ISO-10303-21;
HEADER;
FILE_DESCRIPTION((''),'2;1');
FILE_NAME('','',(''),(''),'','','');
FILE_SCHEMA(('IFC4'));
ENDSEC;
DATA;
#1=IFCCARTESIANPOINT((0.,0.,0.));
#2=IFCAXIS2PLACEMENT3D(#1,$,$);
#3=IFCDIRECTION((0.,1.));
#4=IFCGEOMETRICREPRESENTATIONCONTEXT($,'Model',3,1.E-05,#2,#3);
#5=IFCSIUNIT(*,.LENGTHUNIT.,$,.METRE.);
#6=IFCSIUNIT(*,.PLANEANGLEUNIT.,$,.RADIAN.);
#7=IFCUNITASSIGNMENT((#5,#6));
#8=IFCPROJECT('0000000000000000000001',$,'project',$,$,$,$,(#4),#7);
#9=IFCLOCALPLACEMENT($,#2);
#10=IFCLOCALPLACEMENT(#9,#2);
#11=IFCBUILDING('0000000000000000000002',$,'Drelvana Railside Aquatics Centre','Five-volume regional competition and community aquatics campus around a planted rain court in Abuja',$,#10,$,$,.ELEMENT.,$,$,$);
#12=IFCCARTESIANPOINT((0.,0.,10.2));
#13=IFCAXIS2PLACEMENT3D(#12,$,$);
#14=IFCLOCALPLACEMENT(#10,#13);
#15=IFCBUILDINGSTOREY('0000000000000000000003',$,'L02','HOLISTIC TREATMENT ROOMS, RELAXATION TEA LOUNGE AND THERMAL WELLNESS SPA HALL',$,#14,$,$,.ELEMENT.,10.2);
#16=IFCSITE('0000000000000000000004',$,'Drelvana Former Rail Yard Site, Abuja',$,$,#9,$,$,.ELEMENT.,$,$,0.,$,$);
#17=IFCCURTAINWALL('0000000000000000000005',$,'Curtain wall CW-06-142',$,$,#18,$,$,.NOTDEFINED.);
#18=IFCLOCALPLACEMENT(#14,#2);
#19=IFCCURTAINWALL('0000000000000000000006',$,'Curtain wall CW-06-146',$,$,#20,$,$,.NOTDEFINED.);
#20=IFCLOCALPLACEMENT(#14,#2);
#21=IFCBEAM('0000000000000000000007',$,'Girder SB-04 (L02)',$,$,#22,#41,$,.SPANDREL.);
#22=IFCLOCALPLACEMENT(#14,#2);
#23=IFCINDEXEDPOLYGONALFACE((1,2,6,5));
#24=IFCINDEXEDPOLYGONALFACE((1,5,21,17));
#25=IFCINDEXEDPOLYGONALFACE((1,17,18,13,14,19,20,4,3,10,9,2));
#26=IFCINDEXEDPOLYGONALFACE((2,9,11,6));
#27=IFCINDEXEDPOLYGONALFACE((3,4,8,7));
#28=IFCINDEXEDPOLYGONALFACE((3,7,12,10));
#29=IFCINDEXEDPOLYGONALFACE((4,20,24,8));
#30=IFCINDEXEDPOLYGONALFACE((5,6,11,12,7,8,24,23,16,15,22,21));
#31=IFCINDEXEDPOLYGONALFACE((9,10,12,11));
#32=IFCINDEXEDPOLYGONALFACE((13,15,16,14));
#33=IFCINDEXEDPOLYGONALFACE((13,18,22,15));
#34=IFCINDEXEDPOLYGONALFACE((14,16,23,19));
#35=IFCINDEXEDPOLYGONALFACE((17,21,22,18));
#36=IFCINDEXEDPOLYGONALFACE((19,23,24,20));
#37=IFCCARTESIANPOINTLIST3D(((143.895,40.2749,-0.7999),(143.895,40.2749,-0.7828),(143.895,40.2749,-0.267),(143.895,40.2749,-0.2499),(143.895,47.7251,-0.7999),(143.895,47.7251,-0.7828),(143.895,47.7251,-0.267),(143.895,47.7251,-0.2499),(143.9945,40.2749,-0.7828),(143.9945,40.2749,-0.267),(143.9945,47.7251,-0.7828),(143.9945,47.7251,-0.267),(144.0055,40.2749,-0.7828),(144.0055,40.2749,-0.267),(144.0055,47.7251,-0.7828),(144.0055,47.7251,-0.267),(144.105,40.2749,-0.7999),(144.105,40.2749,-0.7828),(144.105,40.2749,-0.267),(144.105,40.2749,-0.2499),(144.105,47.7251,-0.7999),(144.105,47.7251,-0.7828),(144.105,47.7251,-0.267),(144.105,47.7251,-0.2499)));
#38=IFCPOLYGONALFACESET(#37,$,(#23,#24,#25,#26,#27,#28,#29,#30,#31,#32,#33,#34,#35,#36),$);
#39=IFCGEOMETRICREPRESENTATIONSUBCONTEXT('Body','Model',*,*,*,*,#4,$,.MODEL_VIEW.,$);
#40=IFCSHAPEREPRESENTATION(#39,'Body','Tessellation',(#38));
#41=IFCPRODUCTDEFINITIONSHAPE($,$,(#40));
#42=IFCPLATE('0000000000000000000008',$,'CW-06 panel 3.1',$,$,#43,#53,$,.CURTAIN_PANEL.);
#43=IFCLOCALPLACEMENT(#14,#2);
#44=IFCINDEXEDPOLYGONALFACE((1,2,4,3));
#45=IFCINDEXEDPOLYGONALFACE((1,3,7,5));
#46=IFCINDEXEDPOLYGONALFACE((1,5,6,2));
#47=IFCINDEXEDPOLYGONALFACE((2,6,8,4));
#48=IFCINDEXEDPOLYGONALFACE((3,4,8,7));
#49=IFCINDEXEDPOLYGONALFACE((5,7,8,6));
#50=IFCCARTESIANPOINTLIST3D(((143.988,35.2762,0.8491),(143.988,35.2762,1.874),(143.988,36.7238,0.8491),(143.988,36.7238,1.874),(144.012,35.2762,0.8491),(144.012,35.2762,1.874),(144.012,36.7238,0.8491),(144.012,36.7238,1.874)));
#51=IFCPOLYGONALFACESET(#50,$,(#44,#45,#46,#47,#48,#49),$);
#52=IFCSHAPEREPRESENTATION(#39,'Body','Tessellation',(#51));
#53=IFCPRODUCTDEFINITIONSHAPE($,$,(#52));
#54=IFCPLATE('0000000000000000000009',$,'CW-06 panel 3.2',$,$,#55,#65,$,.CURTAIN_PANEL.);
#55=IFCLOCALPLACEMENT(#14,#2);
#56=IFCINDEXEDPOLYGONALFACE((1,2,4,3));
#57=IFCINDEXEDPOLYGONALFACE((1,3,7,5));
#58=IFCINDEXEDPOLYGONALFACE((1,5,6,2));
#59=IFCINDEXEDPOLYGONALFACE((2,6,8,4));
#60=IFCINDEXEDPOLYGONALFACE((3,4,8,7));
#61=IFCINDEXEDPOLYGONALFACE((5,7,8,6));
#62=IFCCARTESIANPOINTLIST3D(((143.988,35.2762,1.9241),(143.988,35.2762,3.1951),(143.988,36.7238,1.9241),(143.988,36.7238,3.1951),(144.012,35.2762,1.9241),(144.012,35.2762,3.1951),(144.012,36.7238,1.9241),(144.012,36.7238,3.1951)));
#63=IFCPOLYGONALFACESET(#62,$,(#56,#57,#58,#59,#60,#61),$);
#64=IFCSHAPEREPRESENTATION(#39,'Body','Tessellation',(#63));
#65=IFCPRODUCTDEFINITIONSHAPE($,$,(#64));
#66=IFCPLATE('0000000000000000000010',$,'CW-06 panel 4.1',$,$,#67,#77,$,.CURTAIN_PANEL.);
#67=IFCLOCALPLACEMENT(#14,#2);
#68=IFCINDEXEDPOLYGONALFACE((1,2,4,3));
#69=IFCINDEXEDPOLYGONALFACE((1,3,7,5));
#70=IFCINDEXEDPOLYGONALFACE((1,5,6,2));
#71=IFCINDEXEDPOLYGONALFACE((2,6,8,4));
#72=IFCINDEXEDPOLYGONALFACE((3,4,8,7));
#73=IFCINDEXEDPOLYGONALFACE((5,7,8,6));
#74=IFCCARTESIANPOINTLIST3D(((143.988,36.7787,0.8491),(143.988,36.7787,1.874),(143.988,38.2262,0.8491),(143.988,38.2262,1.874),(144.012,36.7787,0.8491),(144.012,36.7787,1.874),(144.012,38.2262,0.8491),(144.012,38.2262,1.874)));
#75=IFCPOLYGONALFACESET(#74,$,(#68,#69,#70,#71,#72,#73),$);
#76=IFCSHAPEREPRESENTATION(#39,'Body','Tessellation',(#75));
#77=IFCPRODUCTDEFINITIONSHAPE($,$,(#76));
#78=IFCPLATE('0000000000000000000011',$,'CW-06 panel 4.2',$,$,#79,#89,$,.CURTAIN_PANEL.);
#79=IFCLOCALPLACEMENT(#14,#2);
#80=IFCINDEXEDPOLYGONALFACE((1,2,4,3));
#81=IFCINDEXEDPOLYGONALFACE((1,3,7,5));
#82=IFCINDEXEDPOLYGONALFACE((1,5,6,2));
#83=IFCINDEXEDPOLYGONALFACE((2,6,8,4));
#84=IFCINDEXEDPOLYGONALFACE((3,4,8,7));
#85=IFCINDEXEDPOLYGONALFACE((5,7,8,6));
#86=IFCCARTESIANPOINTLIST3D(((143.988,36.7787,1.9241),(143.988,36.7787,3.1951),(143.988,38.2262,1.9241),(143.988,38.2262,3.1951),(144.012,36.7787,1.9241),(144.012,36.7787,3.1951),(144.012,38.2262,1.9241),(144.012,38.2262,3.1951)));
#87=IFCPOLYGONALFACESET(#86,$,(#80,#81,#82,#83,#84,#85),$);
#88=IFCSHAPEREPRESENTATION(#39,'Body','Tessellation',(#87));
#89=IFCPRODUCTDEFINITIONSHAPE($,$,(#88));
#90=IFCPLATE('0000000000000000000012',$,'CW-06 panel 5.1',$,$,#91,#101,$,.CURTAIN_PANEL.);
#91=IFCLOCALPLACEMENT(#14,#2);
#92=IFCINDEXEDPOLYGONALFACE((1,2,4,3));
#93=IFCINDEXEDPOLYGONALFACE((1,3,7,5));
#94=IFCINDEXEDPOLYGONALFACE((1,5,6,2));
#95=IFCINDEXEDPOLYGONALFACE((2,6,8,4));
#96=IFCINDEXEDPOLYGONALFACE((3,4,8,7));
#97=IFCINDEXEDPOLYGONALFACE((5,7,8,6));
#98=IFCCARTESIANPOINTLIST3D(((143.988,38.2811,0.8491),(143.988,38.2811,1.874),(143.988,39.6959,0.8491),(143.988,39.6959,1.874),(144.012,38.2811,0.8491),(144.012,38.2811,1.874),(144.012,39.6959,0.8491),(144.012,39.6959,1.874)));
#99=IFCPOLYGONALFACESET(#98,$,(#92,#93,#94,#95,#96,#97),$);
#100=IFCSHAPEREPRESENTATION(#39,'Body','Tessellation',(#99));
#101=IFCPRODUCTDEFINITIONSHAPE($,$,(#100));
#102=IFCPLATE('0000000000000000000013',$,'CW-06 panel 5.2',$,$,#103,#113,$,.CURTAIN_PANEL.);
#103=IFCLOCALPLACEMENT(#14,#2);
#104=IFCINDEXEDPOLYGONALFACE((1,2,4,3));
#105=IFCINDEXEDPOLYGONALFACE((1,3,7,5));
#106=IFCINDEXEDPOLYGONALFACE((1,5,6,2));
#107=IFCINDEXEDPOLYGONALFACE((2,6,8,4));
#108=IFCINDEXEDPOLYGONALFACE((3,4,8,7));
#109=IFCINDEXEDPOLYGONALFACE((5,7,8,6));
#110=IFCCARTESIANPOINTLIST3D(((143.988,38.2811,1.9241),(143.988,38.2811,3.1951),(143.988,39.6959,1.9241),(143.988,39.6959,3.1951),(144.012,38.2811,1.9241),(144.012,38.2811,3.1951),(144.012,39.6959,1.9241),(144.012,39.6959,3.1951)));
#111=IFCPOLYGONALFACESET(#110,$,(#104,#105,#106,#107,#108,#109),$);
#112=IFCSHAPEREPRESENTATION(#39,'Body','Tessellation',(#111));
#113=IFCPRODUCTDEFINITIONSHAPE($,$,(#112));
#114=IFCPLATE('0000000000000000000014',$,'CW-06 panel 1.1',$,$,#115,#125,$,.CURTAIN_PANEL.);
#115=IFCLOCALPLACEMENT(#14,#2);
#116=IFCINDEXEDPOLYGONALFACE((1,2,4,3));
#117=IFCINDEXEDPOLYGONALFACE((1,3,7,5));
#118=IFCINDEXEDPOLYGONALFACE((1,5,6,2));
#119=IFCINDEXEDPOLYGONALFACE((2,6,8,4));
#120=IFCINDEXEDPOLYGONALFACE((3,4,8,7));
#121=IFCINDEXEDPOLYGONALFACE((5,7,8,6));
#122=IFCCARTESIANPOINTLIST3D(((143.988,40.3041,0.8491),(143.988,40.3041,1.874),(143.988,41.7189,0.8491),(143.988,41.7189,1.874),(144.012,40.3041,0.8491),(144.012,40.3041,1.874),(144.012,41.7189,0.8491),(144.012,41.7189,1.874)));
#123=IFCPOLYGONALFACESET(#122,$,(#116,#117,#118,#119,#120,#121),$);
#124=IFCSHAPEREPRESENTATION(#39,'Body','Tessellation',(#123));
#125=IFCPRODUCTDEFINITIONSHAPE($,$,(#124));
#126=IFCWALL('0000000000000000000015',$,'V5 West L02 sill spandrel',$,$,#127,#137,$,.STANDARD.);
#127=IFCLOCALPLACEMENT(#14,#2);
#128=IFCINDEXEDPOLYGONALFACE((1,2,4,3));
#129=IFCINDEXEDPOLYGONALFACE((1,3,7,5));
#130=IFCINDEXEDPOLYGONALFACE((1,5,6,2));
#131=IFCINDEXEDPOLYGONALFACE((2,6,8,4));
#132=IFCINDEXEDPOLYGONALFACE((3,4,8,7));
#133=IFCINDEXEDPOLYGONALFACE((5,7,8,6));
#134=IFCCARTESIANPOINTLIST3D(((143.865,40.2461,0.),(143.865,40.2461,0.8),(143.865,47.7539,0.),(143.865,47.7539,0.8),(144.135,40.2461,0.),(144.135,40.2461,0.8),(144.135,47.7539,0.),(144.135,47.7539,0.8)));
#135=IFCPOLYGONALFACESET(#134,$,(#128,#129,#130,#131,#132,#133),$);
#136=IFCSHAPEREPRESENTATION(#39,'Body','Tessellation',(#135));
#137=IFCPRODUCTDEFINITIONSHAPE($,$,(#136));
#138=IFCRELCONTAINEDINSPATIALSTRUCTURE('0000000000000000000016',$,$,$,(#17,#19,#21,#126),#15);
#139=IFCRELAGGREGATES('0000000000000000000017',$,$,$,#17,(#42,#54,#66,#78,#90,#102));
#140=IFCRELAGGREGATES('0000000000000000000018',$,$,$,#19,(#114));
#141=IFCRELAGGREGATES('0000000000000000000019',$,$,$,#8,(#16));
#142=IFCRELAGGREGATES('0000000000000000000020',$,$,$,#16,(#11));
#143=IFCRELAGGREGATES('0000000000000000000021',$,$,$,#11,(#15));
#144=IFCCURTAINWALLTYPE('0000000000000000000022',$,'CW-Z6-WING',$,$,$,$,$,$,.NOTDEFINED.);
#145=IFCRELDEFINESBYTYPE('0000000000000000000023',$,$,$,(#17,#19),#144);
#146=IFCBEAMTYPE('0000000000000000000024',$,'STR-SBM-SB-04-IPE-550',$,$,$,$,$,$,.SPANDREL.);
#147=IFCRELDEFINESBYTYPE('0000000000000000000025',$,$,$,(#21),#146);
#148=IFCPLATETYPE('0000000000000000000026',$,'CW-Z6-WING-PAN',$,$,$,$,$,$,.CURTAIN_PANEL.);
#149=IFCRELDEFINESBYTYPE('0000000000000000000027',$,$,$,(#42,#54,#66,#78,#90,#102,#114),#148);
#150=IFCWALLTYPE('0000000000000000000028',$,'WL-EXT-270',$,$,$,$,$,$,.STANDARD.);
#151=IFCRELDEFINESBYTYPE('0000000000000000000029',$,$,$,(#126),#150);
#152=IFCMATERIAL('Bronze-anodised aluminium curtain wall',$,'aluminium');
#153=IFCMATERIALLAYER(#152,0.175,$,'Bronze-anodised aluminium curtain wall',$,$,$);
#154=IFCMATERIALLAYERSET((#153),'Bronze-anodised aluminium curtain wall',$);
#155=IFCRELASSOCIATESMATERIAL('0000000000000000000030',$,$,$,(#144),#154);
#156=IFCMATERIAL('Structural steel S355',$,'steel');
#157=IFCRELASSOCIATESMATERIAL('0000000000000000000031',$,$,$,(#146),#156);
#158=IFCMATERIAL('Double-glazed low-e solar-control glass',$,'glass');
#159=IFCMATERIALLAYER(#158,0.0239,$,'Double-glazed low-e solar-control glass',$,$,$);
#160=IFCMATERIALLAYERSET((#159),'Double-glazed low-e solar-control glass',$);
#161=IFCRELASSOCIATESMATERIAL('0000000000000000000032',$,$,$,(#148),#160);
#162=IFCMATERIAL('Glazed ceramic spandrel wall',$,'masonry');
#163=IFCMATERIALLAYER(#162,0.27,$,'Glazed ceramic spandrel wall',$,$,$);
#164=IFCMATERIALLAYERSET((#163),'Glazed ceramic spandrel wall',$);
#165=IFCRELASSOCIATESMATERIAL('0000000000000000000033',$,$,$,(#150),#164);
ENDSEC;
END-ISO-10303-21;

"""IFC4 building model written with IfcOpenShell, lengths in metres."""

from ifc_helpers import new_model, si_unit, direction, frame, frame_2d, origin, origin_2d, place, context, subcontext, project, spatial, rectangle, i_section, extrude, material, layer, layer_set, material_profile, profile_set, type_object, element, aggregate, save


model = new_model("IFC4")

# Units and contexts
model_context = context("Model", 3, precision=1e-05, world=origin(), true_north=direction((0.0, 1.0)))
body_context = subcontext(model_context, "Body", "Model", "MODEL_VIEW")
ifc_project = project(units=[si_unit("LENGTHUNIT", "METRE"), si_unit("PLANEANGLEUNIT", "RADIAN")], contexts=[model_context])

# Site, building, storey
site_placement = place(None, origin())
site = spatial("IfcSite", under=ifc_project, at=site_placement, Name="Drelvana Former Rail Yard Site, Abuja", CompositionType="ELEMENT", RefElevation=0.0)
building_placement = place(site_placement, origin())
building = spatial("IfcBuilding", under=site, at=building_placement, Name="Drelvana Railside Aquatics Centre", Description="Five-volume regional competition and community aquatics campus around a planted rain court in Abuja", CompositionType="ELEMENT")
storey_placement = place(building_placement, frame((0.0, 0.0, 10.2)))
storey = spatial("IfcBuildingStorey", under=building, at=storey_placement, Name="L02", Description="HOLISTIC TREATMENT ROOMS, RELAXATION TEA LOUNGE AND THERMAL WELLNESS SPA HALL", CompositionType="ELEMENT", Elevation=10.2)

# Curtain wall
ifc_material_1 = material(Name="Bronze-anodised aluminium curtain wall", Category="aluminium")
ifc_layer_1 = layer(ifc_material_1, 0.175, Name="Bronze-anodised aluminium curtain wall")
ifc_layer_set_1 = layer_set([ifc_layer_1], Name="Bronze-anodised aluminium curtain wall")
curtain_wall_type = type_object("IfcCurtainWallType", Name="CW-Z6-WING", PredefinedType="NOTDEFINED", material=ifc_layer_set_1)
curtain_wall_1_placement = place(storey_placement, origin())
curtain_wall_1 = element("IfcCurtainWall", 1, at=curtain_wall_1_placement, inside=storey, type_object=curtain_wall_type, Name="Curtain wall CW-06-142", PredefinedType="NOTDEFINED")

# Curtain wall
curtain_wall_2_placement = place(storey_placement, origin())
curtain_wall_2 = element("IfcCurtainWall", 2, at=curtain_wall_2_placement, inside=storey, type_object=curtain_wall_type, Name="Curtain wall CW-06-146", PredefinedType="NOTDEFINED")

# Beam
ifc_material_2 = material(Name="Structural steel S355", Category="steel")
ifc_material_profile_1 = material_profile(ifc_material_2, i_section(OverallWidth=0.21, OverallDepth=0.55, WebThickness=0.011, FlangeThickness=0.0171, at=origin_2d()), Name="IPE 550")
ifc_profile_set_1 = profile_set([ifc_material_profile_1], Name="Structural steel S355")
beam_type = type_object("IfcBeamType", Name="STR-SBM-SB-04-IPE-550", PredefinedType="SPANDREL", material=ifc_profile_set_1)
beam_placement = place(storey_placement, frame((144.0, 40.2749, -0.5249), z_axis=(0.0, 1.0, 0.0), x_axis=(-1.0, 0.0, 0.0)))
element("IfcBeam", 3, at=beam_placement, inside=storey, type_object=beam_type, Name="Girder SB-04 (L02)", PredefinedType="SPANDREL", context=body_context, shape_type="SweptSolid", body=[
    extrude(i_section(OverallWidth=0.21, OverallDepth=0.55, WebThickness=0.011, FlangeThickness=0.0171, at=origin_2d()), origin(), (0.0, 0.0, 1.0), 7.4502),
])

# Plates
ifc_material_3 = material(Name="Double-glazed low-e solar-control glass", Category="glass")
ifc_layer_2 = layer(ifc_material_3, 0.0239, Name="Double-glazed low-e solar-control glass")
ifc_layer_set_2 = layer_set([ifc_layer_2], Name="Double-glazed low-e solar-control glass")
plate_type = type_object("IfcPlateType", Name="CW-Z6-WING-PAN", PredefinedType="CURTAIN_PANEL", material=ifc_layer_set_2)
plate_1_placement = place(storey_placement, frame((144.0, 36.0, 0.8491), z_axis=(0.0, 0.0, 1.0), x_axis=(0.0, 1.0, 0.0)))
plate_1 = element("IfcPlate", 4, at=plate_1_placement, type_object=plate_type, Name="CW-06 panel 3.1", PredefinedType="CURTAIN_PANEL", context=body_context, shape_type="SweptSolid", body=[
    extrude(rectangle(XDim=1.4475, YDim=0.0239, at=origin_2d()), origin(), (0.0, 0.0, 1.0), 1.0249),
])
plate_2_placement = place(storey_placement, frame((144.0, 36.0, 1.9241), z_axis=(0.0, 0.0, 1.0), x_axis=(0.0, 1.0, 0.0)))
plate_2 = element("IfcPlate", 5, at=plate_2_placement, type_object=plate_type, Name="CW-06 panel 3.2", PredefinedType="CURTAIN_PANEL", context=body_context, shape_type="SweptSolid", body=[
    extrude(rectangle(XDim=1.4475, YDim=0.0239, at=origin_2d()), origin(), (0.0, 0.0, 1.0), 1.271),
])
plate_3_placement = place(storey_placement, frame((144.0, 37.5024, 0.8491), z_axis=(0.0, 0.0, 1.0), x_axis=(0.0, 1.0, 0.0)))
plate_3 = element("IfcPlate", 6, at=plate_3_placement, type_object=plate_type, Name="CW-06 panel 4.1", PredefinedType="CURTAIN_PANEL", context=body_context, shape_type="SweptSolid", body=[
    extrude(rectangle(XDim=1.4475, YDim=0.0239, at=origin_2d()), origin(), (0.0, 0.0, 1.0), 1.0249),
])
plate_4_placement = place(storey_placement, frame((144.0, 37.5024, 1.9241), z_axis=(0.0, 0.0, 1.0), x_axis=(0.0, 1.0, 0.0)))
plate_4 = element("IfcPlate", 7, at=plate_4_placement, type_object=plate_type, Name="CW-06 panel 4.2", PredefinedType="CURTAIN_PANEL", context=body_context, shape_type="SweptSolid", body=[
    extrude(rectangle(XDim=1.4475, YDim=0.0239, at=origin_2d()), origin(), (0.0, 0.0, 1.0), 1.271),
])
plate_5_placement = place(storey_placement, frame((144.0, 38.9885, 0.8491), z_axis=(0.0, 0.0, 1.0), x_axis=(0.0, 1.0, 0.0)))
plate_5 = element("IfcPlate", 8, at=plate_5_placement, type_object=plate_type, Name="CW-06 panel 5.1", PredefinedType="CURTAIN_PANEL", context=body_context, shape_type="SweptSolid", body=[
    extrude(rectangle(XDim=1.4148, YDim=0.0239, at=origin_2d()), origin(), (0.0, 0.0, 1.0), 1.0249),
])
plate_6_placement = place(storey_placement, frame((144.0, 38.9885, 1.9241), z_axis=(0.0, 0.0, 1.0), x_axis=(0.0, 1.0, 0.0)))
plate_6 = element("IfcPlate", 9, at=plate_6_placement, type_object=plate_type, Name="CW-06 panel 5.2", PredefinedType="CURTAIN_PANEL", context=body_context, shape_type="SweptSolid", body=[
    extrude(rectangle(XDim=1.4148, YDim=0.0239, at=origin_2d()), origin(), (0.0, 0.0, 1.0), 1.271),
])
aggregate(curtain_wall_1, [plate_1, plate_2, plate_3, plate_4, plate_5, plate_6])
plate_7_placement = place(storey_placement, frame((144.0, 41.0115, 0.8491), z_axis=(0.0, 0.0, 1.0), x_axis=(0.0, 1.0, 0.0)))
plate_7 = element("IfcPlate", 10, at=plate_7_placement, type_object=plate_type, Name="CW-06 panel 1.1", PredefinedType="CURTAIN_PANEL", context=body_context, shape_type="SweptSolid", body=[
    extrude(rectangle(XDim=1.4148, YDim=0.0239, at=origin_2d()), origin(), (0.0, 0.0, 1.0), 1.0249),
])
aggregate(curtain_wall_2, [plate_7])

# Wall
ifc_material_4 = material(Name="Glazed ceramic spandrel wall", Category="masonry")
ifc_layer_3 = layer(ifc_material_4, 0.27, Name="Glazed ceramic spandrel wall")
ifc_layer_set_3 = layer_set([ifc_layer_3], Name="Glazed ceramic spandrel wall")
wall_type = type_object("IfcWallType", Name="WL-EXT-270", PredefinedType="STANDARD", material=ifc_layer_set_3)
wall_placement = place(storey_placement, frame((144.0, 40.2461, 0.0), z_axis=(0.0, 0.0, 1.0), x_axis=(0.0, 1.0, 0.0)))
element("IfcWall", 11, at=wall_placement, inside=storey, type_object=wall_type, Name="V5 West L02 sill spandrel", PredefinedType="STANDARD", context=body_context, shape_type="SweptSolid", body=[
    extrude(rectangle(XDim=7.5078, YDim=0.27, at=frame_2d((3.7539, 0.0))), origin(), (0.0, 0.0, 1.0), 0.8),
])

save(model, "model.ifc")
